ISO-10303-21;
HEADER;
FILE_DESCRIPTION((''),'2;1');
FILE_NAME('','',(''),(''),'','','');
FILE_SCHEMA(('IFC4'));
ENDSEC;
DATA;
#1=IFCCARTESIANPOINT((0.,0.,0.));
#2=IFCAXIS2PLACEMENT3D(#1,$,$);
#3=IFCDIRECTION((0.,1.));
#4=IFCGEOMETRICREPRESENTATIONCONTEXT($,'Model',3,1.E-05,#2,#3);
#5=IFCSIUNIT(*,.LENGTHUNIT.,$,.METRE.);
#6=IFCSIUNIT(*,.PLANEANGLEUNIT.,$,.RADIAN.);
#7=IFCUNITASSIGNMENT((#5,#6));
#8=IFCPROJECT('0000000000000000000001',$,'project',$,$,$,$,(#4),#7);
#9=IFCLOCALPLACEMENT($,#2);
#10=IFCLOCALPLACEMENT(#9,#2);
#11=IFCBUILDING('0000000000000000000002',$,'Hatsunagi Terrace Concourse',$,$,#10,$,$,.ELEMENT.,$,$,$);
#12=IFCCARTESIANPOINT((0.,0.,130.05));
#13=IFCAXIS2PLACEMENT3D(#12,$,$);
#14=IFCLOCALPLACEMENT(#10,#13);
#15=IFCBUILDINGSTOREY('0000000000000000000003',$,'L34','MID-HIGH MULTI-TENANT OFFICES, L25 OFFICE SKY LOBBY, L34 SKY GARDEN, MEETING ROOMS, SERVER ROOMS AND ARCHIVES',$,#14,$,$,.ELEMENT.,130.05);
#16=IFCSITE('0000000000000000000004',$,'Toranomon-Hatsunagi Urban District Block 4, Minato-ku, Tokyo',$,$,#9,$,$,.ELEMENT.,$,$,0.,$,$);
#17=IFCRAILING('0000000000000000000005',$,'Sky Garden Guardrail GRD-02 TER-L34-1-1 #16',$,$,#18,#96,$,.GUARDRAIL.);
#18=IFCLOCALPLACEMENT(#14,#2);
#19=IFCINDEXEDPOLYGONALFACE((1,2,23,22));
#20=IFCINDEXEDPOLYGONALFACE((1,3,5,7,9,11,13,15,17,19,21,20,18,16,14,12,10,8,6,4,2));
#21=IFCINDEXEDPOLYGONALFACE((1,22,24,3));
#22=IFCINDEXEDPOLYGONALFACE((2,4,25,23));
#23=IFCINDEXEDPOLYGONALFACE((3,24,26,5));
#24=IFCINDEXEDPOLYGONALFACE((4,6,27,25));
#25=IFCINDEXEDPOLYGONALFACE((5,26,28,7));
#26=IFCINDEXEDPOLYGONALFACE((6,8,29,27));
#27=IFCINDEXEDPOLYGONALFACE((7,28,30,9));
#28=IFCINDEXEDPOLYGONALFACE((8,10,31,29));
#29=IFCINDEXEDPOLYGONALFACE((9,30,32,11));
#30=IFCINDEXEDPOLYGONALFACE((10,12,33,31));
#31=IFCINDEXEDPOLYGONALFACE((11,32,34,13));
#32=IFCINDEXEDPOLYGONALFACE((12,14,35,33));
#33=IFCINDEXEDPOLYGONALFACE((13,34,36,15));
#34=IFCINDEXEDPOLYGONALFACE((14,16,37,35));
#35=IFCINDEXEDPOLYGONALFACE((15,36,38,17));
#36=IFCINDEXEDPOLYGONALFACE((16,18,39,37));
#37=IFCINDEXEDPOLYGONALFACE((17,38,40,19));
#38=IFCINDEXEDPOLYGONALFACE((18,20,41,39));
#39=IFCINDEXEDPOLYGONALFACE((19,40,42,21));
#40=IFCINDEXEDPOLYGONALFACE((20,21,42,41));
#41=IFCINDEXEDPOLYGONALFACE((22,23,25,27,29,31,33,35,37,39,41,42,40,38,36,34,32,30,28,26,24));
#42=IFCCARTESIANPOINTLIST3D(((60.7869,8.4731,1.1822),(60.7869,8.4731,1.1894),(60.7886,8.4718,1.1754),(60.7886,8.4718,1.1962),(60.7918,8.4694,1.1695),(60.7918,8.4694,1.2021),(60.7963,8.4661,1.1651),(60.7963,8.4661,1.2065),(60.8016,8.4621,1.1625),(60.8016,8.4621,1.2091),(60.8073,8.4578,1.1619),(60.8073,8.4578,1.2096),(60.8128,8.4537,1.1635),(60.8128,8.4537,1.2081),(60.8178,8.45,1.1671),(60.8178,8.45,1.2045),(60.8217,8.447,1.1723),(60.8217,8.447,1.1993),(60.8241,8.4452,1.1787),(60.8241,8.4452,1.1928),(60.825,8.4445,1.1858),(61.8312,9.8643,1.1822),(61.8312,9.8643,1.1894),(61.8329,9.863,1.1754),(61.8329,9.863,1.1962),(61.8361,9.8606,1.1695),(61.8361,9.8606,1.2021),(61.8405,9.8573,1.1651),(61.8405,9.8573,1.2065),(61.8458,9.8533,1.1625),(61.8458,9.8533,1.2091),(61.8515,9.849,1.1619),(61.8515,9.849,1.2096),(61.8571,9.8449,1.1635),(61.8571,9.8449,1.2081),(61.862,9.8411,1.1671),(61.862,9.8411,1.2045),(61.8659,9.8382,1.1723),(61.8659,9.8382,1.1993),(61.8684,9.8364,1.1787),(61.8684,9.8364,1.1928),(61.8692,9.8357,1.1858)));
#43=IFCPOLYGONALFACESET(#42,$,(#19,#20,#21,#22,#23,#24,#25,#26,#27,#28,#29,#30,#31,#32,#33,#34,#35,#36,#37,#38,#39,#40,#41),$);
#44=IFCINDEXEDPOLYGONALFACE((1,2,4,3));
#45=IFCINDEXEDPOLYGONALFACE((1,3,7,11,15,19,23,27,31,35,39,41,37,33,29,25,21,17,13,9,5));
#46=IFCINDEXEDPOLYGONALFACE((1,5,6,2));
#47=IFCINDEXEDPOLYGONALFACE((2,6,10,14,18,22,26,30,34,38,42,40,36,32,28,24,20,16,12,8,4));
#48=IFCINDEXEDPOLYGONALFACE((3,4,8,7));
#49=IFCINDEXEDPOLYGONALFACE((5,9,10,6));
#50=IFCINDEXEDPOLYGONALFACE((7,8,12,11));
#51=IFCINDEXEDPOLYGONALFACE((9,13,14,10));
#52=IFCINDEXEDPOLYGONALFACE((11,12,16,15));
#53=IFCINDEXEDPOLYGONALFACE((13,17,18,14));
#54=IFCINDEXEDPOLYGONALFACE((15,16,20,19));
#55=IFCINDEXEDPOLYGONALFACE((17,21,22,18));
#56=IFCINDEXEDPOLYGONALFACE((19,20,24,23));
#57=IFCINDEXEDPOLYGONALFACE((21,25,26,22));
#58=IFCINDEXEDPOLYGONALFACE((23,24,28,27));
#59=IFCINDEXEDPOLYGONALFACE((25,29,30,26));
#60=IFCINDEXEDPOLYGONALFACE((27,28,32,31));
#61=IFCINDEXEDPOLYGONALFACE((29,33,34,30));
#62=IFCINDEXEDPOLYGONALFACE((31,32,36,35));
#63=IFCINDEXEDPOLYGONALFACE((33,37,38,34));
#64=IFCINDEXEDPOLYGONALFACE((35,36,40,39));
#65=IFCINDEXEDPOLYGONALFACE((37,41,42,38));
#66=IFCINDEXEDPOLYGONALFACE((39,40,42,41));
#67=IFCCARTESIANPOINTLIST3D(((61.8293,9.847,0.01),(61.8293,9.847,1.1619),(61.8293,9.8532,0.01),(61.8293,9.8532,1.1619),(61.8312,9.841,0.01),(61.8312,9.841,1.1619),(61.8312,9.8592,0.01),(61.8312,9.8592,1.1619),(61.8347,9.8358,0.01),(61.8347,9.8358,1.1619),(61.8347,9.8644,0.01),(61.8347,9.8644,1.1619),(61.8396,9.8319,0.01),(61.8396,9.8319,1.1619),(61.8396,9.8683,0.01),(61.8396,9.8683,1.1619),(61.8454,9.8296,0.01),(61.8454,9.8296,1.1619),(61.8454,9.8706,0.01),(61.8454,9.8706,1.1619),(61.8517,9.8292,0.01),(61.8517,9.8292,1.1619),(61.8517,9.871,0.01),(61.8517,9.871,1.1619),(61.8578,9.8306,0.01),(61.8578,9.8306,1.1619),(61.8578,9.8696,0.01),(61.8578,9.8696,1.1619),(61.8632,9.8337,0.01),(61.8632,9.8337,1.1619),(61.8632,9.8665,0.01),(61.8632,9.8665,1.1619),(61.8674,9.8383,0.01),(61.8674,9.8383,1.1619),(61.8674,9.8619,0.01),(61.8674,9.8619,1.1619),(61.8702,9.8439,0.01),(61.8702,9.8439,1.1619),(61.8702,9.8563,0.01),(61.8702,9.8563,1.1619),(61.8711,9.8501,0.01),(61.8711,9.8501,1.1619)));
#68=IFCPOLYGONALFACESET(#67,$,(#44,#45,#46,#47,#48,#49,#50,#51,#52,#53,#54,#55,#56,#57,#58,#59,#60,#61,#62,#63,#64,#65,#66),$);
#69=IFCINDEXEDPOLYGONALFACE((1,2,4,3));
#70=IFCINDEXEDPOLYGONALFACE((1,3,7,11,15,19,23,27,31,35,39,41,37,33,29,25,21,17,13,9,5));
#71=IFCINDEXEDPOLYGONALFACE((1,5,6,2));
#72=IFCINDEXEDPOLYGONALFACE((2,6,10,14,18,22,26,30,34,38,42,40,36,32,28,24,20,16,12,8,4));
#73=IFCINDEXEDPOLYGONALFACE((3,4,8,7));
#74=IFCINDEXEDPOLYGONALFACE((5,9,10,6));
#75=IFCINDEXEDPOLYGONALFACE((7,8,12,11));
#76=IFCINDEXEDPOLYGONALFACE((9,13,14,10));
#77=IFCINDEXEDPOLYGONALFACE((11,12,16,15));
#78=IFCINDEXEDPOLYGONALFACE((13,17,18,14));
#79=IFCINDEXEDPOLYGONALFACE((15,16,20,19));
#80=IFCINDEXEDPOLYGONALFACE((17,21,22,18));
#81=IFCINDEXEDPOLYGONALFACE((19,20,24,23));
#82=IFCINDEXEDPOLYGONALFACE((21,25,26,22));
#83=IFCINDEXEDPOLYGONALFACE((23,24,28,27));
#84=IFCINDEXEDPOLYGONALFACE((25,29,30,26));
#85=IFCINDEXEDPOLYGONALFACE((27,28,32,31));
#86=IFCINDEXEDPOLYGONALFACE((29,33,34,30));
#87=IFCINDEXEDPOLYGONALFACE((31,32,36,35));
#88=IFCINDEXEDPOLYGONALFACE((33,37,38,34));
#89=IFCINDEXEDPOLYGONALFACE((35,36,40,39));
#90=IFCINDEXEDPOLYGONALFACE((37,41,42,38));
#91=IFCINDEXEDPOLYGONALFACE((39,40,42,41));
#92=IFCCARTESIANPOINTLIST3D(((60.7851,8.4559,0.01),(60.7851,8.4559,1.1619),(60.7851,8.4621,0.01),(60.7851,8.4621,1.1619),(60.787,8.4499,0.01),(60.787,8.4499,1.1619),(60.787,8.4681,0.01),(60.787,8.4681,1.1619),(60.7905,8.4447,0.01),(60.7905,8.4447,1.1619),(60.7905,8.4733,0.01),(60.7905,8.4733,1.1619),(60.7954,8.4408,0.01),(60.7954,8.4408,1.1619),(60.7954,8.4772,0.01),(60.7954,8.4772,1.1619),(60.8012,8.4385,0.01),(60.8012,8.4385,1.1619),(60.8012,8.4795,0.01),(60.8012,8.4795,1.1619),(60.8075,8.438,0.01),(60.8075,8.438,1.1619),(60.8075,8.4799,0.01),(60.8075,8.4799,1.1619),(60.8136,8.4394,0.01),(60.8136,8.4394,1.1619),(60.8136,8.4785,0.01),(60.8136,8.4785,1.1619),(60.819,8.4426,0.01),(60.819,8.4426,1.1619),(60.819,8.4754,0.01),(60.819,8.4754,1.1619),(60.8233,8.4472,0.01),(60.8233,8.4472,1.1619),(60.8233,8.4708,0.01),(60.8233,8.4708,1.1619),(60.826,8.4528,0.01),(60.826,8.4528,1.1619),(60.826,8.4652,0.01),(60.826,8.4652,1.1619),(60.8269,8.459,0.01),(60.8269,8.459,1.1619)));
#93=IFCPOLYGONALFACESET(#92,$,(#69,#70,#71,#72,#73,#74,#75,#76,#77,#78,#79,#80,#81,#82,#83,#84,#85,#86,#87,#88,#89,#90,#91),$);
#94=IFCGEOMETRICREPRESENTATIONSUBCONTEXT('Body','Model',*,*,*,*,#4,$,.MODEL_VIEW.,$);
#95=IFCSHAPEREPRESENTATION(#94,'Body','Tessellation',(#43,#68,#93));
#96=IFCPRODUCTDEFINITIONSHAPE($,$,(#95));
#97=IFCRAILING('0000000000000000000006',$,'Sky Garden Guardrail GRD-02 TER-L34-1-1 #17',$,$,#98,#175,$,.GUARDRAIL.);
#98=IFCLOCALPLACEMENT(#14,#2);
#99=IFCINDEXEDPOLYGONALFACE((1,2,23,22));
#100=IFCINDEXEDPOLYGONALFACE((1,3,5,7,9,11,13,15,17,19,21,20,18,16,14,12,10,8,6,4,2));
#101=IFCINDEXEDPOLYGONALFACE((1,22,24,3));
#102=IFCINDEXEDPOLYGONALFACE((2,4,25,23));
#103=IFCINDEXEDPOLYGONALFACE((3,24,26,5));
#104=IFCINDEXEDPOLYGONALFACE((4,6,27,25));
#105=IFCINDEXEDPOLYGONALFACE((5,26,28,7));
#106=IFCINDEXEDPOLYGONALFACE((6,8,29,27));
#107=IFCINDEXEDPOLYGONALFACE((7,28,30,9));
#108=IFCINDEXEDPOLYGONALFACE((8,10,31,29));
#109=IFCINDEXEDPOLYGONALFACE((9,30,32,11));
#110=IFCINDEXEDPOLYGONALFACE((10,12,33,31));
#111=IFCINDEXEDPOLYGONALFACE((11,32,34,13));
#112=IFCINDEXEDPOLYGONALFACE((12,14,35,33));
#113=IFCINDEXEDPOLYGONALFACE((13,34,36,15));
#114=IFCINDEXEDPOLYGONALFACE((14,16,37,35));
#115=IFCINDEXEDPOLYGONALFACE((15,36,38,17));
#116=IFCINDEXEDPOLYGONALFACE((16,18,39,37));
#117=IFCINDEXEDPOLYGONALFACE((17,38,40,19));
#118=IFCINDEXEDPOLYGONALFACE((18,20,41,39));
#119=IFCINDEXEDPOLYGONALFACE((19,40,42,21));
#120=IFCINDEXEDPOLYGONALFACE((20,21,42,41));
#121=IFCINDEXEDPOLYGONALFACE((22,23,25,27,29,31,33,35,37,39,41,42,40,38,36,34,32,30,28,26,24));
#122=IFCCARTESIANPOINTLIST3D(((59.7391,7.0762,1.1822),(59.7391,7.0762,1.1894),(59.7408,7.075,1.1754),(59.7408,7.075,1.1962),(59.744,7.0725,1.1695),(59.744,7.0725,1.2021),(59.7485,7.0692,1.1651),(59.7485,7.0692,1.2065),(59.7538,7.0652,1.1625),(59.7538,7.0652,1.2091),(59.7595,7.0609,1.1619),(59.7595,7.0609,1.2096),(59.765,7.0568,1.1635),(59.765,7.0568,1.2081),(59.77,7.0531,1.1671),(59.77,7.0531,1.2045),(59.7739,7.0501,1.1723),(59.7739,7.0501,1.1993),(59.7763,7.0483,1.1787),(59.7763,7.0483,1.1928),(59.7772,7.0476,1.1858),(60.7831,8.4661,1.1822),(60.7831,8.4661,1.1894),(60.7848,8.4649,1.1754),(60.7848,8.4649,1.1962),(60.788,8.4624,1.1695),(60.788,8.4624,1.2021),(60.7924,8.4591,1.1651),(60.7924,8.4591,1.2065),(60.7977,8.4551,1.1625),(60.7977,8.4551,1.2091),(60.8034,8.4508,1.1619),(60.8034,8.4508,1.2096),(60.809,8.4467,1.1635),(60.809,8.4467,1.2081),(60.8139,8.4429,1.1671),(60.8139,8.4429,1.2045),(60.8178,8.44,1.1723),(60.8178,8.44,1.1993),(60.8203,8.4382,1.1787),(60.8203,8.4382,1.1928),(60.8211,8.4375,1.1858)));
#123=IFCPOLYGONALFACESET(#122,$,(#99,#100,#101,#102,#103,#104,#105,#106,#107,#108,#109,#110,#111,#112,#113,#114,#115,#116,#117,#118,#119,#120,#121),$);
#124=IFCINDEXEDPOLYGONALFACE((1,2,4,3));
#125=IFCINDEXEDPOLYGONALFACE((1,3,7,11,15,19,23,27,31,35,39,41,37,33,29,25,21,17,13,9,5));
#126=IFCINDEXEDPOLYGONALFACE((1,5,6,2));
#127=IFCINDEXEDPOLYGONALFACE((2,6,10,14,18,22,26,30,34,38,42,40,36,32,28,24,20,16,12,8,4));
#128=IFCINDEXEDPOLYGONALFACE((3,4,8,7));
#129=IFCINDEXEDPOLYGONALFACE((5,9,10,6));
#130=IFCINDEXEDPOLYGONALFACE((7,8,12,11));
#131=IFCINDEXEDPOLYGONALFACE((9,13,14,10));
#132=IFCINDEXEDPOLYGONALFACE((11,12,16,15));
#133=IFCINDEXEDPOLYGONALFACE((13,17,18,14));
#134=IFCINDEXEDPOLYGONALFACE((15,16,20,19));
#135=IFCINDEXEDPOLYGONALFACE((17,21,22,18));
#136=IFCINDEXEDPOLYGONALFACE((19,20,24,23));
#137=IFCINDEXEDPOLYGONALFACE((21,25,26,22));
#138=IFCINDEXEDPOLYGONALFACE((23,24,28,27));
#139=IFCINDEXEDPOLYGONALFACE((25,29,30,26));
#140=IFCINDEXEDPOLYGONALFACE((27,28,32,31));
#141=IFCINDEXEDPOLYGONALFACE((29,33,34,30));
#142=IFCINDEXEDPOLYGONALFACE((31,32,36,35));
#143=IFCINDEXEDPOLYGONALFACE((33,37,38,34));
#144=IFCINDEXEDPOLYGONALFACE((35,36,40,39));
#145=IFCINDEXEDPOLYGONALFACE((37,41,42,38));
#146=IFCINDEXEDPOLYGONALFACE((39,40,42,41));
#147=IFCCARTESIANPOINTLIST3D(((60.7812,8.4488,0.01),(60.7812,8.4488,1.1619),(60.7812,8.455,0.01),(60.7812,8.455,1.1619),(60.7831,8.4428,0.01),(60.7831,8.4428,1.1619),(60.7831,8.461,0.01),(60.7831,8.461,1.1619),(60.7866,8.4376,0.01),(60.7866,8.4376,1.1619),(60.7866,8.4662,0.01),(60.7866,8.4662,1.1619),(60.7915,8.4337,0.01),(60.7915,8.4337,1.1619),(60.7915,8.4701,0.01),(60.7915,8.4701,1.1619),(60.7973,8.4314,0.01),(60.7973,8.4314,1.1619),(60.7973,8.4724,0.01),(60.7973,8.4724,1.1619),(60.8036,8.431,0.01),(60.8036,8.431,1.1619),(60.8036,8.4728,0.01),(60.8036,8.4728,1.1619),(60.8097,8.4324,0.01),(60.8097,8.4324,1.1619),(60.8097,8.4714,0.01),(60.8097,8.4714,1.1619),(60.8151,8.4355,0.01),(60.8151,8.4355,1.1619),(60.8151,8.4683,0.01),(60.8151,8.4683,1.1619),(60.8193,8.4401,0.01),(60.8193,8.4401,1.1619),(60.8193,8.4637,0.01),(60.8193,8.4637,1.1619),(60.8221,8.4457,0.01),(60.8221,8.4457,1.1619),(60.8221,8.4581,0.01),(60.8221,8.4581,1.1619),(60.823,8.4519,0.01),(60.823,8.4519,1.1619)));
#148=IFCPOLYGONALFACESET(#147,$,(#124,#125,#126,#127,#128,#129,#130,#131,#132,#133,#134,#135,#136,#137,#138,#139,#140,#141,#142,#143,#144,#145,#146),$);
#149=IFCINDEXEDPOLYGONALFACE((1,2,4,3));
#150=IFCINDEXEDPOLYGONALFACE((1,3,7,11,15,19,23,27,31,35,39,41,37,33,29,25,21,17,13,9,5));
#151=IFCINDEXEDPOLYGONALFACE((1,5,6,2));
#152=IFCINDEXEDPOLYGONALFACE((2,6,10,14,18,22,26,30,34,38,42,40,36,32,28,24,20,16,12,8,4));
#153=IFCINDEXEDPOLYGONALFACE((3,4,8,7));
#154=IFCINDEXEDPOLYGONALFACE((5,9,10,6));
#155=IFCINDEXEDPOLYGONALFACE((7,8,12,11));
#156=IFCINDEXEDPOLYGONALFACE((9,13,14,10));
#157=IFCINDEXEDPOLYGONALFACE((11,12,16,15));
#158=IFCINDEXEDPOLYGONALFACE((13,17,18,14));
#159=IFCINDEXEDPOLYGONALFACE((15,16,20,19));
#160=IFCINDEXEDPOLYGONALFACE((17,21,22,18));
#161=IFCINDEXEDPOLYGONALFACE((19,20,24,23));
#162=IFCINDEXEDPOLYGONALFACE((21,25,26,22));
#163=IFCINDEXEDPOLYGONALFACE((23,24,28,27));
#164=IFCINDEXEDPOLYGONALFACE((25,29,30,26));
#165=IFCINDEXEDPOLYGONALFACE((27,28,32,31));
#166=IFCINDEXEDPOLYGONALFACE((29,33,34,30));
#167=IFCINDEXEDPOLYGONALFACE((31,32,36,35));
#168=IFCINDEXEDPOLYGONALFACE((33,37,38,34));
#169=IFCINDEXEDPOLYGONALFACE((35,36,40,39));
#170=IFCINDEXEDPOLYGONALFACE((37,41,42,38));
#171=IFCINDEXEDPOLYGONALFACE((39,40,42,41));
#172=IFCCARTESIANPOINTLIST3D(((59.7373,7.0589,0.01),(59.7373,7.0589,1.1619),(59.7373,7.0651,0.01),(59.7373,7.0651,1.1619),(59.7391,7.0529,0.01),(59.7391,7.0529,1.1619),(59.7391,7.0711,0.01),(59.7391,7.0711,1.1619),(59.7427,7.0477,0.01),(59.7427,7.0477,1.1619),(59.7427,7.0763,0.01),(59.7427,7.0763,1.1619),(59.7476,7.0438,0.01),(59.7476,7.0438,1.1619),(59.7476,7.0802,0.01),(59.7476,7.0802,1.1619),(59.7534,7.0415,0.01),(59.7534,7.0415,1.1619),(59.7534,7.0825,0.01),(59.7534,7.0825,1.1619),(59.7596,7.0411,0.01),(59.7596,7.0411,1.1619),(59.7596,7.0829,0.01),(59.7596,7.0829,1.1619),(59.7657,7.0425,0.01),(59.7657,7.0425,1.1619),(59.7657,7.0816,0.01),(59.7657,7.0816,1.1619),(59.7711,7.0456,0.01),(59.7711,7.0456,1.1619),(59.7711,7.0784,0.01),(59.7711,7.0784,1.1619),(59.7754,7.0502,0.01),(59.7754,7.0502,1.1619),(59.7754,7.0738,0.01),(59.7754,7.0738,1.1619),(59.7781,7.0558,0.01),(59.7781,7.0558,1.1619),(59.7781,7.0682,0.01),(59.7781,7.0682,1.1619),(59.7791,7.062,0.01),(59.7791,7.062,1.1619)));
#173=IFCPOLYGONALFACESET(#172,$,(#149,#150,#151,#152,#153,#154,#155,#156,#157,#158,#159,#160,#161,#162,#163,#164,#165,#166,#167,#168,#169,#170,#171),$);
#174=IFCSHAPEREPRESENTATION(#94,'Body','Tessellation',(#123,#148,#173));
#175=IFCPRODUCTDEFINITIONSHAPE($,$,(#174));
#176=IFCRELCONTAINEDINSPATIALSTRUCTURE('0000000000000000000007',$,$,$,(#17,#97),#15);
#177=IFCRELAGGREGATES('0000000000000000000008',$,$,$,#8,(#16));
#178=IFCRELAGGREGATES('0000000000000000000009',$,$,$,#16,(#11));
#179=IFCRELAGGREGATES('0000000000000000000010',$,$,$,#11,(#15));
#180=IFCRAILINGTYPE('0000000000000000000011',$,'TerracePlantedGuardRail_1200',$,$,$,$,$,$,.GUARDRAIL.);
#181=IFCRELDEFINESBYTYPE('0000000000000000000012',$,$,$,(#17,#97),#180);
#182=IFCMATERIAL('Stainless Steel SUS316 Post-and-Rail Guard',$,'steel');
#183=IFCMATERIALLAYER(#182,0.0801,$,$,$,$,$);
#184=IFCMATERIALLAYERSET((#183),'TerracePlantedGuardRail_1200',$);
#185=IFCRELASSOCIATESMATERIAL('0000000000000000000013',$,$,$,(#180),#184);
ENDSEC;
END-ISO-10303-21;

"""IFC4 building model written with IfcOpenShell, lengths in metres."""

from ifc_helpers import new_model, si_unit, direction, frame, origin, origin_2d, place, context, subcontext, project, spatial, circle, extrude, material, layer, layer_set, type_object, element, save


model = new_model("IFC4")

# Units and contexts
model_context = context("Model", 3, precision=1e-05, world=origin(), true_north=direction((0.0, 1.0)))
body_context = subcontext(model_context, "Body", "Model", "MODEL_VIEW")
ifc_project = project(units=[si_unit("LENGTHUNIT", "METRE"), si_unit("PLANEANGLEUNIT", "RADIAN")], contexts=[model_context])

# Site, building, storey
site_placement = place(None, origin())
site = spatial("IfcSite", under=ifc_project, at=site_placement, Name="Toranomon-Hatsunagi Urban District Block 4, Minato-ku, Tokyo", CompositionType="ELEMENT", RefElevation=0.0)
building_placement = place(site_placement, origin())
building = spatial("IfcBuilding", under=site, at=building_placement, Name="Hatsunagi Terrace Concourse", CompositionType="ELEMENT")
storey_placement = place(building_placement, frame((0.0, 0.0, 130.05)))
storey = spatial("IfcBuildingStorey", under=building, at=storey_placement, Name="L34", Description="MID-HIGH MULTI-TENANT OFFICES, L25 OFFICE SKY LOBBY, L34 SKY GARDEN, MEETING ROOMS, SERVER ROOMS AND ARCHIVES", CompositionType="ELEMENT", Elevation=130.05)

# Railings
ifc_material_1 = material(Name="Stainless Steel SUS316 Post-and-Rail Guard", Category="steel")
ifc_layer_1 = layer(ifc_material_1, 0.0801)
ifc_layer_set_1 = layer_set([ifc_layer_1], Name="TerracePlantedGuardRail_1200")
railing_type = type_object("IfcRailingType", Name="TerracePlantedGuardRail_1200", PredefinedType="GUARDRAIL", material=ifc_layer_set_1)
railing_1_placement = place(storey_placement, frame((61.8501, 9.8501, 0.01)))
element("IfcRailing", 1, at=railing_1_placement, inside=storey, type_object=railing_type, Name="Sky Garden Guardrail GRD-02 TER-L34-1-1 #16", PredefinedType="GUARDRAIL", context=body_context, shape_type="SweptSolid", body=[
    extrude(circle(Radius=0.0239, at=origin_2d()), frame((0.0, 0.0, 1.1758), z_axis=(-0.600314, -0.799764, 0.0), x_axis=(0.799764, -0.600314, 0.0)), (0.0, 0.0, 1.0), 1.7395),
    extrude(circle(Radius=0.021, at=origin_2d()), origin(), (0.0, 0.0, 1.0), 1.1519),
    extrude(circle(Radius=0.021, at=origin_2d()), frame((-1.0442, -1.3911, 0.0)), (0.0, 0.0, 1.0), 1.1519),
])
for number, where, name in (
    (2, (60.802, 8.4519, 0.01), "Sky Garden Guardrail GRD-02 TER-L34-1-1 #17"),
):
    element("IfcRailing", number, at=place(storey_placement, frame(where)), inside=storey, type_object=railing_type, Name=name, PredefinedType="GUARDRAIL", context=body_context, shape_type="SweptSolid", body=[
        extrude(circle(Radius=0.0239, at=origin_2d()), frame((0.0, 0.0, 1.1758), z_axis=(-0.600562, -0.799578, 0.0), x_axis=(0.799578, -0.600562, 0.0)), (0.0, 0.0, 1.0), 1.7383),
        extrude(circle(Radius=0.021, at=origin_2d()), origin(), (0.0, 0.0, 1.0), 1.1519),
        extrude(circle(Radius=0.021, at=origin_2d()), frame((-1.0439, -1.3899, 0.0)), (0.0, 0.0, 1.0), 1.1519),
    ])

save(model, "model.ifc")
